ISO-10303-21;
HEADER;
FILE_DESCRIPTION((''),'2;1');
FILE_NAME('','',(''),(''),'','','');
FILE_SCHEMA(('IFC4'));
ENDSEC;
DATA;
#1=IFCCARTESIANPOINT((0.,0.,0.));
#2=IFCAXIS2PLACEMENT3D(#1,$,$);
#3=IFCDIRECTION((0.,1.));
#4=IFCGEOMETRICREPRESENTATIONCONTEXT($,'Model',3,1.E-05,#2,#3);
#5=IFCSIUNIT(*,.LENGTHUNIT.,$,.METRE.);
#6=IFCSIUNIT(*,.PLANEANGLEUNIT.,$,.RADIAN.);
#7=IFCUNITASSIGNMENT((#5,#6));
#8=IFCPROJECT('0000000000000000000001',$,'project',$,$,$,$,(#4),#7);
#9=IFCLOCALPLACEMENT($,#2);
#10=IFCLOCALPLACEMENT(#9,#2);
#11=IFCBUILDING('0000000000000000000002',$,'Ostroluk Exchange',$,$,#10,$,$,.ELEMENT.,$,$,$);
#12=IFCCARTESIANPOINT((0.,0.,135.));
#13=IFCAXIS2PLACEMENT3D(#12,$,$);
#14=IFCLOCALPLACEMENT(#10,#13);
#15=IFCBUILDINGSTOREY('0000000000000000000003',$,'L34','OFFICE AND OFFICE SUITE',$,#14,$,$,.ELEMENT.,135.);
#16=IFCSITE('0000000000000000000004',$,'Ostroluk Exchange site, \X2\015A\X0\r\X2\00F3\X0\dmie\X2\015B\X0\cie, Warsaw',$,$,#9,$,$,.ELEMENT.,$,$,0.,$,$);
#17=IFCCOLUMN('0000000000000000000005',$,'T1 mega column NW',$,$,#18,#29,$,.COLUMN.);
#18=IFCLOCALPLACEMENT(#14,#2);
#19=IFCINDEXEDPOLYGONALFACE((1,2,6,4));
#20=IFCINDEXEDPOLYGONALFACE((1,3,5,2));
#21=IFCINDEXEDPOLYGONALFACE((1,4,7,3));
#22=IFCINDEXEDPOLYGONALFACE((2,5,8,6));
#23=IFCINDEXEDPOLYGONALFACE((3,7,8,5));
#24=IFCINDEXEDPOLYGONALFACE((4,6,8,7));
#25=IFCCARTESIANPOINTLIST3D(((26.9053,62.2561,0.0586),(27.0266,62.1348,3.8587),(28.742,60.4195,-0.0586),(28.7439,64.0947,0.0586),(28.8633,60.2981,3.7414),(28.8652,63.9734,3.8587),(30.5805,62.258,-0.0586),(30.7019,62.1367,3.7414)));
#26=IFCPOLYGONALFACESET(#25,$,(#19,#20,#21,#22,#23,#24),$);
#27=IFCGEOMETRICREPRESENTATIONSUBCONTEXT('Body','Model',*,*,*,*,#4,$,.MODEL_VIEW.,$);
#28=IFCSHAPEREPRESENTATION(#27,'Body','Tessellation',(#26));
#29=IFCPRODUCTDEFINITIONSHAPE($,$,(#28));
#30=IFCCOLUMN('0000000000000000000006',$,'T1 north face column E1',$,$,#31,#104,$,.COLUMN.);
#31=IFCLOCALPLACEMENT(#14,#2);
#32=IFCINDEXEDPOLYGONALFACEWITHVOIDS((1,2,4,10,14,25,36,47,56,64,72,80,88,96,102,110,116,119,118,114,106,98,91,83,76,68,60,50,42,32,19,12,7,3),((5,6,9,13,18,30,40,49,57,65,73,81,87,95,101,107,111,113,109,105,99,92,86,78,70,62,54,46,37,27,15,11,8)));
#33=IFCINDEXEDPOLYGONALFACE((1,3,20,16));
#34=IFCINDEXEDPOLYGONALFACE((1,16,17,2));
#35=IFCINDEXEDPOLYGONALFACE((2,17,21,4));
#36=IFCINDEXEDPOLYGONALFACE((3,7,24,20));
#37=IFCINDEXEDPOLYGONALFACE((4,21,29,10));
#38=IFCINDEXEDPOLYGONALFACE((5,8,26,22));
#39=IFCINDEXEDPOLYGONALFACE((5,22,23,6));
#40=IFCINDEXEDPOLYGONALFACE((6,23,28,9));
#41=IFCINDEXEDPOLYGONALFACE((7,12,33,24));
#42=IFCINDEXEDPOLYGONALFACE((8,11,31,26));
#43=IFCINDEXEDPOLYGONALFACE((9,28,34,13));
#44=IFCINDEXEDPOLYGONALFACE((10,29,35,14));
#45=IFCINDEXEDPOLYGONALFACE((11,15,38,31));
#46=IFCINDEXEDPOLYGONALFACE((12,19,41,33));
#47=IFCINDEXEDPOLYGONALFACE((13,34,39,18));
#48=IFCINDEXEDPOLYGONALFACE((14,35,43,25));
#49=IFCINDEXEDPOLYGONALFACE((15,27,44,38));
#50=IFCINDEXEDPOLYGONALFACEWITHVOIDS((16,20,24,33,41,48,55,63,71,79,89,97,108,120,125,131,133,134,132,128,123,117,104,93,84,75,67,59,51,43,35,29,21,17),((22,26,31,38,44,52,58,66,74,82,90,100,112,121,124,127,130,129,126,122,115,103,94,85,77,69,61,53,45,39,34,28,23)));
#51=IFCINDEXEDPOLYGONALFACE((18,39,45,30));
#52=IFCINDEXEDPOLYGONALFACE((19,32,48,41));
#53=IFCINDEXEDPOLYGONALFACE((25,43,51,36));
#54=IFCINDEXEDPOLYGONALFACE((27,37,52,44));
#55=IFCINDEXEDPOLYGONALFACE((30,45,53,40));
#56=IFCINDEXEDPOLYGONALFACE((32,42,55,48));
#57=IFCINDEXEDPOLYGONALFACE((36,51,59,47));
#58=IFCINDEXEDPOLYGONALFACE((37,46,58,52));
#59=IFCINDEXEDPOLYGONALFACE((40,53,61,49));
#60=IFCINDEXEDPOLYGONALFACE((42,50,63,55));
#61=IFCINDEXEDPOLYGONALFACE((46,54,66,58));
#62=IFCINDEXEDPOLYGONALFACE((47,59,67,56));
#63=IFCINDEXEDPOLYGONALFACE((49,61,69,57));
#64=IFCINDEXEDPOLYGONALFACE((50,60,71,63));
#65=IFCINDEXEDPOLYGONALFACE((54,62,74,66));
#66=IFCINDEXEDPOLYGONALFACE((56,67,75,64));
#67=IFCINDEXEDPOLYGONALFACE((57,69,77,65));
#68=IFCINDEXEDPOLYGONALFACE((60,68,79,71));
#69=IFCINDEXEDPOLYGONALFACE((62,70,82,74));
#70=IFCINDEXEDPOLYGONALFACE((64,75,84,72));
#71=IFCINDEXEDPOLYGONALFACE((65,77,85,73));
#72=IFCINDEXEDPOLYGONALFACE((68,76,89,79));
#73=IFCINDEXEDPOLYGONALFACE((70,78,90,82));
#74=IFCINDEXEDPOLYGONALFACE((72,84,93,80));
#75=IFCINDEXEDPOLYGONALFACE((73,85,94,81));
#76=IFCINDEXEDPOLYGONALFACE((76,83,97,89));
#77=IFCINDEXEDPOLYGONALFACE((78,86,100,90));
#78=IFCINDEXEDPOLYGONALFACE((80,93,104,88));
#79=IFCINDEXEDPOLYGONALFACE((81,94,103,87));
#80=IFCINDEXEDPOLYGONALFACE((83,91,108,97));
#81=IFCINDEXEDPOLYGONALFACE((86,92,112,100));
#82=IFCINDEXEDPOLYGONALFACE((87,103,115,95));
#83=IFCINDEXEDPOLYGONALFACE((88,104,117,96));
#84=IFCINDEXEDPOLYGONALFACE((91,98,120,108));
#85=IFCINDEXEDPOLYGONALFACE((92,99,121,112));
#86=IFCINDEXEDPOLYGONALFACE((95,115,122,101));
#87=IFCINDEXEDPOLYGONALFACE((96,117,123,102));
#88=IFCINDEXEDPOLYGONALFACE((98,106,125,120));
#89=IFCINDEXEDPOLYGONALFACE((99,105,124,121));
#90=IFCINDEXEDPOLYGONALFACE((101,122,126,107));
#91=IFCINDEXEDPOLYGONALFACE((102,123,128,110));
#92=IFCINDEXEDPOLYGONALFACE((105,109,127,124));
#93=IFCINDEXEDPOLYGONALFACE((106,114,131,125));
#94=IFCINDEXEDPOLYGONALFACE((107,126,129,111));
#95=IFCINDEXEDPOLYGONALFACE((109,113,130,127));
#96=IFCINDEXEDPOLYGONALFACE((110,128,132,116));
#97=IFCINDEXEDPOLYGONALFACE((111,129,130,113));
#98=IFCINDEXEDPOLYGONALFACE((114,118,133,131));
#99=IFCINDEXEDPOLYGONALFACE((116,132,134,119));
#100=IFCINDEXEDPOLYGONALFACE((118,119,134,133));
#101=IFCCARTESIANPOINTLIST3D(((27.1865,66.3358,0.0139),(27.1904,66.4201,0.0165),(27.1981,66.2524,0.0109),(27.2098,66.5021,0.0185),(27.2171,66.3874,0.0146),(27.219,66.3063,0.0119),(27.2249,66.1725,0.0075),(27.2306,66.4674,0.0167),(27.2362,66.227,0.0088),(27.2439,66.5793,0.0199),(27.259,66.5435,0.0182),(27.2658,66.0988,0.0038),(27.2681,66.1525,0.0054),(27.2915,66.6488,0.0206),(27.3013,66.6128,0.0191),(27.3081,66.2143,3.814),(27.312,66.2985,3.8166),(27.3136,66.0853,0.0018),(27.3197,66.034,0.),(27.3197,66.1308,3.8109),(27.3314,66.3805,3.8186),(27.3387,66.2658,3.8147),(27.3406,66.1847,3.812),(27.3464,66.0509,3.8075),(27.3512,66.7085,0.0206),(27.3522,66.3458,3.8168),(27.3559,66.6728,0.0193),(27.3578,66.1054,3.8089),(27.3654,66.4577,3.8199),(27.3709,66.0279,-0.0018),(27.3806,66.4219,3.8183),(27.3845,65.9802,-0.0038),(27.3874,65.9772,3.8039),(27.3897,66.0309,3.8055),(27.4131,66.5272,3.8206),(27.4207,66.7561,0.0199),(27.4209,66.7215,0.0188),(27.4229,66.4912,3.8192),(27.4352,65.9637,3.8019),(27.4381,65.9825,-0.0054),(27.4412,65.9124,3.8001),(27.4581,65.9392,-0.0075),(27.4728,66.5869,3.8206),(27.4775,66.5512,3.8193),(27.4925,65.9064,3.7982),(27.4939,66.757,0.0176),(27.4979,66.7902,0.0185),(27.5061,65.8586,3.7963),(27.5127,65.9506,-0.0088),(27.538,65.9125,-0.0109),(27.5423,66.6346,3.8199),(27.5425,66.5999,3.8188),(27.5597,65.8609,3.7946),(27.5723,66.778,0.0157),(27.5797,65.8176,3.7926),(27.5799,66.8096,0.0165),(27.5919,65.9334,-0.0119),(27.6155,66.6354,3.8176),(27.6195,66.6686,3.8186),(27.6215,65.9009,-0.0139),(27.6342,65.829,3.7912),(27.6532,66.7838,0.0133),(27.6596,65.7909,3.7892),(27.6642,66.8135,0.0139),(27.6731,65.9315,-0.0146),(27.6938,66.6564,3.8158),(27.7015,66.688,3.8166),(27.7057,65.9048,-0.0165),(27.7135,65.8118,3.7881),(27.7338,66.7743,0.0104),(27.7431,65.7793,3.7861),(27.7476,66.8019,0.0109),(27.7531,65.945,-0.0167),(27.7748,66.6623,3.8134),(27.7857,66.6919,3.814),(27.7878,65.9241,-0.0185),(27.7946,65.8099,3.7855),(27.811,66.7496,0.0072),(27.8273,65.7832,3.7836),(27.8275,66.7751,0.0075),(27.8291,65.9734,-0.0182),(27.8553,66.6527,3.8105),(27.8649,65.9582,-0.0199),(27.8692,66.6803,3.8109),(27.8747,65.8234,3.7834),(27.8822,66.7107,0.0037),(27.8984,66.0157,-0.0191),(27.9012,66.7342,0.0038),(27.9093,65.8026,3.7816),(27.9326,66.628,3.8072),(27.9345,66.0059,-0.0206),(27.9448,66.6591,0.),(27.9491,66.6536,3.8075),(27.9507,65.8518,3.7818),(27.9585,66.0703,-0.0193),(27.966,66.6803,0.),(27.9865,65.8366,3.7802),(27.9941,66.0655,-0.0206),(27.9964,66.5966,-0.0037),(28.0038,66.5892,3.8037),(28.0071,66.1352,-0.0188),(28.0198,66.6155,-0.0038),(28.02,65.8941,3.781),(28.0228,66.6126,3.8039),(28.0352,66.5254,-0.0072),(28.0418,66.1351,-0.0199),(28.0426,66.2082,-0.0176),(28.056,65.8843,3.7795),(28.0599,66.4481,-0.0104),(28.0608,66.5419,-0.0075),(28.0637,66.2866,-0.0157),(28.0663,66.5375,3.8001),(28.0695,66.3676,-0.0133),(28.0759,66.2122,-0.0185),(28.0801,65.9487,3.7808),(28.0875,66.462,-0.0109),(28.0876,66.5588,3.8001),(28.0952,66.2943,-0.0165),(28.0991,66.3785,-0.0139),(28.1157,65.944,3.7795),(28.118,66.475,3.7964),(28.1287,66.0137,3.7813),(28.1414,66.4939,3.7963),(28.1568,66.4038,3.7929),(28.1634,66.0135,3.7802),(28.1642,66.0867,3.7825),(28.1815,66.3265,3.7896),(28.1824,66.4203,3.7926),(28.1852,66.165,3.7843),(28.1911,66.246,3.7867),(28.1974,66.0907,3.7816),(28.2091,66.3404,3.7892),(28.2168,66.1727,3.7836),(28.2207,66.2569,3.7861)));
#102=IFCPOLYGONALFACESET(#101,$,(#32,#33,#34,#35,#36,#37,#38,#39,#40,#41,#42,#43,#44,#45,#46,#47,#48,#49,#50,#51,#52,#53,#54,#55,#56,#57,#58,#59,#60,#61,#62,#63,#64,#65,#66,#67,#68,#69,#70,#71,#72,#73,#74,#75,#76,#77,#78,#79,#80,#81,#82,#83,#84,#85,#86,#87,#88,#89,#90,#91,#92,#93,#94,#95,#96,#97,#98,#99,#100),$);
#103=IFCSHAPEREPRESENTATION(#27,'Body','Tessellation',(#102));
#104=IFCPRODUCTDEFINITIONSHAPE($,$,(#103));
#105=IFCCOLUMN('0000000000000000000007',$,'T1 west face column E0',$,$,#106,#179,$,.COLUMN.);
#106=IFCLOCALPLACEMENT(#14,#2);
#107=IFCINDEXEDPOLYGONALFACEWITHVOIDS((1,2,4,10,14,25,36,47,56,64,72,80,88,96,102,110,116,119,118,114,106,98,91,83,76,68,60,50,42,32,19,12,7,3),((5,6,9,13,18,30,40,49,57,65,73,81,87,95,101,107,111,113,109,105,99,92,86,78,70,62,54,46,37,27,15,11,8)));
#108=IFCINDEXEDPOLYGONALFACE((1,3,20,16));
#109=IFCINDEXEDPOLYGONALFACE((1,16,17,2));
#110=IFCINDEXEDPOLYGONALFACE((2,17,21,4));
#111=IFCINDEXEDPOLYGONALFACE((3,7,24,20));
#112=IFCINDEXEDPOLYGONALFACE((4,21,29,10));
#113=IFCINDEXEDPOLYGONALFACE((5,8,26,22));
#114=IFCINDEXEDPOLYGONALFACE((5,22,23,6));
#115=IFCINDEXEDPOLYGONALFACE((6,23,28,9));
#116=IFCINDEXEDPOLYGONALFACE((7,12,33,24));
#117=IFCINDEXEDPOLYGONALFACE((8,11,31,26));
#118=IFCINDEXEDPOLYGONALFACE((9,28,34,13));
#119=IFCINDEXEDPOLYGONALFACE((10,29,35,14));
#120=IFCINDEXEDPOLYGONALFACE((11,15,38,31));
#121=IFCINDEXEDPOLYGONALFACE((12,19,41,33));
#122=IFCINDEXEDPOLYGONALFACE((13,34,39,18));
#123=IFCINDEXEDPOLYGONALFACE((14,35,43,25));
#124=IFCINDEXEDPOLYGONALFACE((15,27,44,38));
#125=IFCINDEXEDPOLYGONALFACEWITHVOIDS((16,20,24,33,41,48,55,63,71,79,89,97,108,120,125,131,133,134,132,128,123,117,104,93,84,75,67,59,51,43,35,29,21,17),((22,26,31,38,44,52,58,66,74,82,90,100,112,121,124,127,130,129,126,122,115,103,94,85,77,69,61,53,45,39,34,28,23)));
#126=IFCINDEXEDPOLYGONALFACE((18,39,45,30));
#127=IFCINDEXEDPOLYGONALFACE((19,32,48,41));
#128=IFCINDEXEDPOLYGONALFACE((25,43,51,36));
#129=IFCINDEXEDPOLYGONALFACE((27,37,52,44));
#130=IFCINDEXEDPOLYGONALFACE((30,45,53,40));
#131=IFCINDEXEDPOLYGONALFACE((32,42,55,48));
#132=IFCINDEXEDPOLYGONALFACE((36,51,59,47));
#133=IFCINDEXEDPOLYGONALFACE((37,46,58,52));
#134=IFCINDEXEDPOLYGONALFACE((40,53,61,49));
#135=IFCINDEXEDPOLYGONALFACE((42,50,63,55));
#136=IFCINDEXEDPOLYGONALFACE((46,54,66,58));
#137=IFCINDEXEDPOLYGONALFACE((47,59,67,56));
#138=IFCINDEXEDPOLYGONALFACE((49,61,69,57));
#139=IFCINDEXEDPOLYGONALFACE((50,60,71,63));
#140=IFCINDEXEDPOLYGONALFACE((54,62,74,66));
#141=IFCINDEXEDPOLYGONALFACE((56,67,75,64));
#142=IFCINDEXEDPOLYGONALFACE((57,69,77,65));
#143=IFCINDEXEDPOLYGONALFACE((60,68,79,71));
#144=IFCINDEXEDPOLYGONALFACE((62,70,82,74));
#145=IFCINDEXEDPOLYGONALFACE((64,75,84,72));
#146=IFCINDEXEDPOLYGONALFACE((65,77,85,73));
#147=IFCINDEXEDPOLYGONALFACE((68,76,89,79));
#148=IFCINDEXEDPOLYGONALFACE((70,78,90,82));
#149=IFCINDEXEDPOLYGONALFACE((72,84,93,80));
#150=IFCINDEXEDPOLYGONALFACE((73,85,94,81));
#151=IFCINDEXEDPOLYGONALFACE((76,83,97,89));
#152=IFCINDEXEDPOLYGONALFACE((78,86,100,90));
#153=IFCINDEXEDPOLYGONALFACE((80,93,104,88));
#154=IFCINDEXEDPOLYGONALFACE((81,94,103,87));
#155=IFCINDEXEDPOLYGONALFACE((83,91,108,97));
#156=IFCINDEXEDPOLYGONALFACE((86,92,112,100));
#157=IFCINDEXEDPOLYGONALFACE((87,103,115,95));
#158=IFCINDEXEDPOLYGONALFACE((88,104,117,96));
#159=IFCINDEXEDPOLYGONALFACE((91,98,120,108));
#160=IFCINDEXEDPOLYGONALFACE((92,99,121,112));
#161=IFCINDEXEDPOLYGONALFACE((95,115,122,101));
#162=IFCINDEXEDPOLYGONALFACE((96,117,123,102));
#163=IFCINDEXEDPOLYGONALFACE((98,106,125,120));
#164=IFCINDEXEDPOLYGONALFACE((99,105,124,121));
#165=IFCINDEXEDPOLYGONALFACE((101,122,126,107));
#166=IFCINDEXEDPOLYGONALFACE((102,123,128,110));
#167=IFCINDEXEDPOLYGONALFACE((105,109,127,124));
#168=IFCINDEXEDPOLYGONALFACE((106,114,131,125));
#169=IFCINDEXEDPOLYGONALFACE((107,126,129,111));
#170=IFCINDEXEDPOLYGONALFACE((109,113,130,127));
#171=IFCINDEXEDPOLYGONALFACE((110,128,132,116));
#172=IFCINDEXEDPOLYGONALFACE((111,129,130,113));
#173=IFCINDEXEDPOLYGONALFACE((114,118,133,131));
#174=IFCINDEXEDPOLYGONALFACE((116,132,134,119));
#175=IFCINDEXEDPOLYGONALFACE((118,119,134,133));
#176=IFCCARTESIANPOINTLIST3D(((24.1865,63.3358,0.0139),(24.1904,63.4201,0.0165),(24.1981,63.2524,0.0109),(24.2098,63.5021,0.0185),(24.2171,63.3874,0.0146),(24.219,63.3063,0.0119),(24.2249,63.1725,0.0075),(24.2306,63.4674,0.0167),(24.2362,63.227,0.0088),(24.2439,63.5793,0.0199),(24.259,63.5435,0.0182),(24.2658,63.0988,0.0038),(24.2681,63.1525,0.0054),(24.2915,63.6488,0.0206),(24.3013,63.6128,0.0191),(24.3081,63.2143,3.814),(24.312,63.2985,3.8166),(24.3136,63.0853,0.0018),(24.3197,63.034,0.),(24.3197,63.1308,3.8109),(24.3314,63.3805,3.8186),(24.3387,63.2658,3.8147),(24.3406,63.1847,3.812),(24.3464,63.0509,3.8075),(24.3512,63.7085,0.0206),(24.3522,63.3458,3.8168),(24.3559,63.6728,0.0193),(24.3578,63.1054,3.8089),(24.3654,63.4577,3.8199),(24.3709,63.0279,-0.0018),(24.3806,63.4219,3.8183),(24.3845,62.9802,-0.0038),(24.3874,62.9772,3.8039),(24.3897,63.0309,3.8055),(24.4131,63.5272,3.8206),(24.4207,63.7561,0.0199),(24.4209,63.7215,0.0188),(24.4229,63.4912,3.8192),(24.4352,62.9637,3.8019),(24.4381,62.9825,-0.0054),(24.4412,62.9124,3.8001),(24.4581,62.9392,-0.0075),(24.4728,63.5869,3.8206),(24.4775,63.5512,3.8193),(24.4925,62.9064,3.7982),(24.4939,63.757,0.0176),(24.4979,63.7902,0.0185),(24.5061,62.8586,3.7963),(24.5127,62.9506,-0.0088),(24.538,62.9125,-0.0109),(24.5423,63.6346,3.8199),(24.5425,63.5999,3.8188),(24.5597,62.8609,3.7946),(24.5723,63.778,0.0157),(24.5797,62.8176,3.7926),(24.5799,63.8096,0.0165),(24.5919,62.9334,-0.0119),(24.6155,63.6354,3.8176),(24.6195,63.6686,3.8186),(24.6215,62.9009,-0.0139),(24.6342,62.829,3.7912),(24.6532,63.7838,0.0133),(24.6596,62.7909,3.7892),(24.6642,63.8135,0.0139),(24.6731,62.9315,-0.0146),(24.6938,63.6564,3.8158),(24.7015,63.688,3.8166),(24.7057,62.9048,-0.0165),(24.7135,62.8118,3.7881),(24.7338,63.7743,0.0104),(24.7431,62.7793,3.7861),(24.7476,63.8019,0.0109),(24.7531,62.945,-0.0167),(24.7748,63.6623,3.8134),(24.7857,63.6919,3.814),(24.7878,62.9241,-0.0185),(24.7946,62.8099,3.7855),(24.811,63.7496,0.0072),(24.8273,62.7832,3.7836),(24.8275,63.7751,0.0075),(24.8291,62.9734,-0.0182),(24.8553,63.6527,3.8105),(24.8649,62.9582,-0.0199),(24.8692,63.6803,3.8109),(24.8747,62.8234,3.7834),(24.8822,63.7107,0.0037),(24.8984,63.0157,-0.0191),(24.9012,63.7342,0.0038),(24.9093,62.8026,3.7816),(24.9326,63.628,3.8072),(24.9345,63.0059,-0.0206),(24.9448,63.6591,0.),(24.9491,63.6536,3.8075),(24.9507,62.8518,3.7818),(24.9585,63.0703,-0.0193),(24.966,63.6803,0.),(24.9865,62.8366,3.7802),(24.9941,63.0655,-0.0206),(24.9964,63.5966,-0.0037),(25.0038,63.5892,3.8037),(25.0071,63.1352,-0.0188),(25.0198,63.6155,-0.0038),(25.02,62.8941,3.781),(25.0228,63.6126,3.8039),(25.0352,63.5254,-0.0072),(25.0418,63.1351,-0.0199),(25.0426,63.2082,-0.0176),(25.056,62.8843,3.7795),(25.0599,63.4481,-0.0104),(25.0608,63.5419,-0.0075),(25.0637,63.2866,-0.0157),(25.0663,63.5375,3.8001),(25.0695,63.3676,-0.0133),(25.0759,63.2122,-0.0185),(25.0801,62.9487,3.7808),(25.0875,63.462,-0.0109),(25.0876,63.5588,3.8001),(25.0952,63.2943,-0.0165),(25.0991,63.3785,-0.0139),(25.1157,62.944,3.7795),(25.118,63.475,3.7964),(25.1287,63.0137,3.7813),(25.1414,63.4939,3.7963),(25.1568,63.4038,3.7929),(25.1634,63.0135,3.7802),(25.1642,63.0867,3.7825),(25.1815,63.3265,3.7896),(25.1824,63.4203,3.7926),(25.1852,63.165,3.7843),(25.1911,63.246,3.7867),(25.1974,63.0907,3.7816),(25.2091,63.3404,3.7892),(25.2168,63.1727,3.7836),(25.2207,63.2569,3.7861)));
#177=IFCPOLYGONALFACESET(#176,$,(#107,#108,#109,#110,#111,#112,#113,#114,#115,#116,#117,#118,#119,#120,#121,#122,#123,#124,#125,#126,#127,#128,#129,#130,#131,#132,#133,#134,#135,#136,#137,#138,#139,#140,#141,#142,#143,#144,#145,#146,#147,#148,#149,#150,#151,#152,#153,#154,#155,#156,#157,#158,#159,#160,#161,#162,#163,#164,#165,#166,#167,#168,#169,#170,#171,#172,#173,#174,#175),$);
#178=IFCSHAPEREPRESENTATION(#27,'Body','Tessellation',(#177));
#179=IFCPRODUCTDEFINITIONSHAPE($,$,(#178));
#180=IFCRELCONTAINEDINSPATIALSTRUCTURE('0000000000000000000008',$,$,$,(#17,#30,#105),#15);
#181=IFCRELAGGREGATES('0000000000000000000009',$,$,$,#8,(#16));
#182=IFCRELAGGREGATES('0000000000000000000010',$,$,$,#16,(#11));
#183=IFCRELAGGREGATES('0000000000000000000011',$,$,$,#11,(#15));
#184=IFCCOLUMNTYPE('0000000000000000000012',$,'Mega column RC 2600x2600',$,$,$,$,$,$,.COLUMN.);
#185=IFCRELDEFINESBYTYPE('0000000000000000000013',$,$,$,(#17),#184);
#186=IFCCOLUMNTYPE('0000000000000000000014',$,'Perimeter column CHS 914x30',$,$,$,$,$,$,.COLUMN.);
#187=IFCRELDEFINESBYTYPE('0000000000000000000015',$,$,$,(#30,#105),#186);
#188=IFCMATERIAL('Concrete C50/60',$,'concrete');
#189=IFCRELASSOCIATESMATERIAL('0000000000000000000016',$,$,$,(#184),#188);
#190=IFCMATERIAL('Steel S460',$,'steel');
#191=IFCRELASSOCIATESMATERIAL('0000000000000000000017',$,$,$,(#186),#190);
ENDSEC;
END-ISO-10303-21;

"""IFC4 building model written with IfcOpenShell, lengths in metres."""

from ifc_helpers import new_model, si_unit, direction, frame, origin, origin_2d, place, context, subcontext, project, spatial, rectangle, hollow_circle, extrude, material, material_profile, profile_set, type_object, element, save


model = new_model("IFC4")

# Units and contexts
model_context = context("Model", 3, precision=1e-05, world=origin(), true_north=direction((0.0, 1.0)))
body_context = subcontext(model_context, "Body", "Model", "MODEL_VIEW")
ifc_project = project(units=[si_unit("LENGTHUNIT", "METRE"), si_unit("PLANEANGLEUNIT", "RADIAN")], contexts=[model_context])

# Site, building, storey
site_placement = place(None, origin())
site = spatial("IfcSite", under=ifc_project, at=site_placement, Name="Ostroluk Exchange site, Śródmieście, Warsaw", CompositionType="ELEMENT", RefElevation=0.0)
building_placement = place(site_placement, origin())
building = spatial("IfcBuilding", under=site, at=building_placement, Name="Ostroluk Exchange", CompositionType="ELEMENT")
storey_placement = place(building_placement, frame((0.0, 0.0, 135.0)))
storey = spatial("IfcBuildingStorey", under=building, at=storey_placement, Name="L34", Description="OFFICE AND OFFICE SUITE", CompositionType="ELEMENT", Elevation=135.0)

# Columns
ifc_material_1 = material(Name="Concrete C50/60", Category="concrete")
ifc_material_profile_1 = material_profile(ifc_material_1, rectangle(XDim=2.6001, YDim=2.6001, at=origin_2d()), Name="RC 2600x2600")
ifc_profile_set_1 = profile_set([ifc_material_profile_1], Name="Concrete C50/60")
column_type_1 = type_object("IfcColumnType", Name="Mega column RC 2600x2600", PredefinedType="COLUMN", material=ifc_profile_set_1)
column_placement = place(storey_placement, frame((28.7429, 62.2571, 0.0), z_axis=(0.031898, -0.031898, 0.998982), x_axis=(0.707107, 0.707107, 0.0)))
element("IfcColumn", 1, at=column_placement, inside=storey, type_object=column_type_1, Name="T1 mega column NW", PredefinedType="COLUMN", context=body_context, shape_type="SweptSolid", body=[
    extrude(rectangle(XDim=2.6001, YDim=2.6001, at=origin_2d()), origin(), (0.0, 0.0, 1.0), 3.804),
])
ifc_material_2 = material(Name="Steel S460", Category="steel")
ifc_material_profile_2 = material_profile(ifc_material_2, hollow_circle(Radius=0.457, WallThickness=0.03, at=origin_2d()), Name="CHS 914x30")
ifc_profile_set_2 = profile_set([ifc_material_profile_2], Name="Steel S460")
column_type_2 = type_object("IfcColumnType", Name="Perimeter column CHS 914x30", PredefinedType="COLUMN", material=ifc_profile_set_2)
for number, where, z_axis, x_axis, name in (
    (2, (27.6428, 66.3572, 0.0), (0.031962, -0.031962, 0.998978), (0.707107, 0.707107, 0.0), "T1 north face column E1"),
    (3, (24.6428, 63.3572, 0.0), (0.031962, -0.031962, 0.998978), (0.707107, 0.707107, 0.0), "T1 west face column E0"),
):
    element("IfcColumn", number, at=place(storey_placement, frame(where, z_axis=z_axis, x_axis=x_axis)), inside=storey, type_object=column_type_2, Name=name, PredefinedType="COLUMN", context=body_context, shape_type="SweptSolid", body=[
        extrude(hollow_circle(Radius=0.457, WallThickness=0.03, at=origin_2d()), origin(), (0.0, 0.0, 1.0), 3.804),
    ])

save(model, "model.ifc")
